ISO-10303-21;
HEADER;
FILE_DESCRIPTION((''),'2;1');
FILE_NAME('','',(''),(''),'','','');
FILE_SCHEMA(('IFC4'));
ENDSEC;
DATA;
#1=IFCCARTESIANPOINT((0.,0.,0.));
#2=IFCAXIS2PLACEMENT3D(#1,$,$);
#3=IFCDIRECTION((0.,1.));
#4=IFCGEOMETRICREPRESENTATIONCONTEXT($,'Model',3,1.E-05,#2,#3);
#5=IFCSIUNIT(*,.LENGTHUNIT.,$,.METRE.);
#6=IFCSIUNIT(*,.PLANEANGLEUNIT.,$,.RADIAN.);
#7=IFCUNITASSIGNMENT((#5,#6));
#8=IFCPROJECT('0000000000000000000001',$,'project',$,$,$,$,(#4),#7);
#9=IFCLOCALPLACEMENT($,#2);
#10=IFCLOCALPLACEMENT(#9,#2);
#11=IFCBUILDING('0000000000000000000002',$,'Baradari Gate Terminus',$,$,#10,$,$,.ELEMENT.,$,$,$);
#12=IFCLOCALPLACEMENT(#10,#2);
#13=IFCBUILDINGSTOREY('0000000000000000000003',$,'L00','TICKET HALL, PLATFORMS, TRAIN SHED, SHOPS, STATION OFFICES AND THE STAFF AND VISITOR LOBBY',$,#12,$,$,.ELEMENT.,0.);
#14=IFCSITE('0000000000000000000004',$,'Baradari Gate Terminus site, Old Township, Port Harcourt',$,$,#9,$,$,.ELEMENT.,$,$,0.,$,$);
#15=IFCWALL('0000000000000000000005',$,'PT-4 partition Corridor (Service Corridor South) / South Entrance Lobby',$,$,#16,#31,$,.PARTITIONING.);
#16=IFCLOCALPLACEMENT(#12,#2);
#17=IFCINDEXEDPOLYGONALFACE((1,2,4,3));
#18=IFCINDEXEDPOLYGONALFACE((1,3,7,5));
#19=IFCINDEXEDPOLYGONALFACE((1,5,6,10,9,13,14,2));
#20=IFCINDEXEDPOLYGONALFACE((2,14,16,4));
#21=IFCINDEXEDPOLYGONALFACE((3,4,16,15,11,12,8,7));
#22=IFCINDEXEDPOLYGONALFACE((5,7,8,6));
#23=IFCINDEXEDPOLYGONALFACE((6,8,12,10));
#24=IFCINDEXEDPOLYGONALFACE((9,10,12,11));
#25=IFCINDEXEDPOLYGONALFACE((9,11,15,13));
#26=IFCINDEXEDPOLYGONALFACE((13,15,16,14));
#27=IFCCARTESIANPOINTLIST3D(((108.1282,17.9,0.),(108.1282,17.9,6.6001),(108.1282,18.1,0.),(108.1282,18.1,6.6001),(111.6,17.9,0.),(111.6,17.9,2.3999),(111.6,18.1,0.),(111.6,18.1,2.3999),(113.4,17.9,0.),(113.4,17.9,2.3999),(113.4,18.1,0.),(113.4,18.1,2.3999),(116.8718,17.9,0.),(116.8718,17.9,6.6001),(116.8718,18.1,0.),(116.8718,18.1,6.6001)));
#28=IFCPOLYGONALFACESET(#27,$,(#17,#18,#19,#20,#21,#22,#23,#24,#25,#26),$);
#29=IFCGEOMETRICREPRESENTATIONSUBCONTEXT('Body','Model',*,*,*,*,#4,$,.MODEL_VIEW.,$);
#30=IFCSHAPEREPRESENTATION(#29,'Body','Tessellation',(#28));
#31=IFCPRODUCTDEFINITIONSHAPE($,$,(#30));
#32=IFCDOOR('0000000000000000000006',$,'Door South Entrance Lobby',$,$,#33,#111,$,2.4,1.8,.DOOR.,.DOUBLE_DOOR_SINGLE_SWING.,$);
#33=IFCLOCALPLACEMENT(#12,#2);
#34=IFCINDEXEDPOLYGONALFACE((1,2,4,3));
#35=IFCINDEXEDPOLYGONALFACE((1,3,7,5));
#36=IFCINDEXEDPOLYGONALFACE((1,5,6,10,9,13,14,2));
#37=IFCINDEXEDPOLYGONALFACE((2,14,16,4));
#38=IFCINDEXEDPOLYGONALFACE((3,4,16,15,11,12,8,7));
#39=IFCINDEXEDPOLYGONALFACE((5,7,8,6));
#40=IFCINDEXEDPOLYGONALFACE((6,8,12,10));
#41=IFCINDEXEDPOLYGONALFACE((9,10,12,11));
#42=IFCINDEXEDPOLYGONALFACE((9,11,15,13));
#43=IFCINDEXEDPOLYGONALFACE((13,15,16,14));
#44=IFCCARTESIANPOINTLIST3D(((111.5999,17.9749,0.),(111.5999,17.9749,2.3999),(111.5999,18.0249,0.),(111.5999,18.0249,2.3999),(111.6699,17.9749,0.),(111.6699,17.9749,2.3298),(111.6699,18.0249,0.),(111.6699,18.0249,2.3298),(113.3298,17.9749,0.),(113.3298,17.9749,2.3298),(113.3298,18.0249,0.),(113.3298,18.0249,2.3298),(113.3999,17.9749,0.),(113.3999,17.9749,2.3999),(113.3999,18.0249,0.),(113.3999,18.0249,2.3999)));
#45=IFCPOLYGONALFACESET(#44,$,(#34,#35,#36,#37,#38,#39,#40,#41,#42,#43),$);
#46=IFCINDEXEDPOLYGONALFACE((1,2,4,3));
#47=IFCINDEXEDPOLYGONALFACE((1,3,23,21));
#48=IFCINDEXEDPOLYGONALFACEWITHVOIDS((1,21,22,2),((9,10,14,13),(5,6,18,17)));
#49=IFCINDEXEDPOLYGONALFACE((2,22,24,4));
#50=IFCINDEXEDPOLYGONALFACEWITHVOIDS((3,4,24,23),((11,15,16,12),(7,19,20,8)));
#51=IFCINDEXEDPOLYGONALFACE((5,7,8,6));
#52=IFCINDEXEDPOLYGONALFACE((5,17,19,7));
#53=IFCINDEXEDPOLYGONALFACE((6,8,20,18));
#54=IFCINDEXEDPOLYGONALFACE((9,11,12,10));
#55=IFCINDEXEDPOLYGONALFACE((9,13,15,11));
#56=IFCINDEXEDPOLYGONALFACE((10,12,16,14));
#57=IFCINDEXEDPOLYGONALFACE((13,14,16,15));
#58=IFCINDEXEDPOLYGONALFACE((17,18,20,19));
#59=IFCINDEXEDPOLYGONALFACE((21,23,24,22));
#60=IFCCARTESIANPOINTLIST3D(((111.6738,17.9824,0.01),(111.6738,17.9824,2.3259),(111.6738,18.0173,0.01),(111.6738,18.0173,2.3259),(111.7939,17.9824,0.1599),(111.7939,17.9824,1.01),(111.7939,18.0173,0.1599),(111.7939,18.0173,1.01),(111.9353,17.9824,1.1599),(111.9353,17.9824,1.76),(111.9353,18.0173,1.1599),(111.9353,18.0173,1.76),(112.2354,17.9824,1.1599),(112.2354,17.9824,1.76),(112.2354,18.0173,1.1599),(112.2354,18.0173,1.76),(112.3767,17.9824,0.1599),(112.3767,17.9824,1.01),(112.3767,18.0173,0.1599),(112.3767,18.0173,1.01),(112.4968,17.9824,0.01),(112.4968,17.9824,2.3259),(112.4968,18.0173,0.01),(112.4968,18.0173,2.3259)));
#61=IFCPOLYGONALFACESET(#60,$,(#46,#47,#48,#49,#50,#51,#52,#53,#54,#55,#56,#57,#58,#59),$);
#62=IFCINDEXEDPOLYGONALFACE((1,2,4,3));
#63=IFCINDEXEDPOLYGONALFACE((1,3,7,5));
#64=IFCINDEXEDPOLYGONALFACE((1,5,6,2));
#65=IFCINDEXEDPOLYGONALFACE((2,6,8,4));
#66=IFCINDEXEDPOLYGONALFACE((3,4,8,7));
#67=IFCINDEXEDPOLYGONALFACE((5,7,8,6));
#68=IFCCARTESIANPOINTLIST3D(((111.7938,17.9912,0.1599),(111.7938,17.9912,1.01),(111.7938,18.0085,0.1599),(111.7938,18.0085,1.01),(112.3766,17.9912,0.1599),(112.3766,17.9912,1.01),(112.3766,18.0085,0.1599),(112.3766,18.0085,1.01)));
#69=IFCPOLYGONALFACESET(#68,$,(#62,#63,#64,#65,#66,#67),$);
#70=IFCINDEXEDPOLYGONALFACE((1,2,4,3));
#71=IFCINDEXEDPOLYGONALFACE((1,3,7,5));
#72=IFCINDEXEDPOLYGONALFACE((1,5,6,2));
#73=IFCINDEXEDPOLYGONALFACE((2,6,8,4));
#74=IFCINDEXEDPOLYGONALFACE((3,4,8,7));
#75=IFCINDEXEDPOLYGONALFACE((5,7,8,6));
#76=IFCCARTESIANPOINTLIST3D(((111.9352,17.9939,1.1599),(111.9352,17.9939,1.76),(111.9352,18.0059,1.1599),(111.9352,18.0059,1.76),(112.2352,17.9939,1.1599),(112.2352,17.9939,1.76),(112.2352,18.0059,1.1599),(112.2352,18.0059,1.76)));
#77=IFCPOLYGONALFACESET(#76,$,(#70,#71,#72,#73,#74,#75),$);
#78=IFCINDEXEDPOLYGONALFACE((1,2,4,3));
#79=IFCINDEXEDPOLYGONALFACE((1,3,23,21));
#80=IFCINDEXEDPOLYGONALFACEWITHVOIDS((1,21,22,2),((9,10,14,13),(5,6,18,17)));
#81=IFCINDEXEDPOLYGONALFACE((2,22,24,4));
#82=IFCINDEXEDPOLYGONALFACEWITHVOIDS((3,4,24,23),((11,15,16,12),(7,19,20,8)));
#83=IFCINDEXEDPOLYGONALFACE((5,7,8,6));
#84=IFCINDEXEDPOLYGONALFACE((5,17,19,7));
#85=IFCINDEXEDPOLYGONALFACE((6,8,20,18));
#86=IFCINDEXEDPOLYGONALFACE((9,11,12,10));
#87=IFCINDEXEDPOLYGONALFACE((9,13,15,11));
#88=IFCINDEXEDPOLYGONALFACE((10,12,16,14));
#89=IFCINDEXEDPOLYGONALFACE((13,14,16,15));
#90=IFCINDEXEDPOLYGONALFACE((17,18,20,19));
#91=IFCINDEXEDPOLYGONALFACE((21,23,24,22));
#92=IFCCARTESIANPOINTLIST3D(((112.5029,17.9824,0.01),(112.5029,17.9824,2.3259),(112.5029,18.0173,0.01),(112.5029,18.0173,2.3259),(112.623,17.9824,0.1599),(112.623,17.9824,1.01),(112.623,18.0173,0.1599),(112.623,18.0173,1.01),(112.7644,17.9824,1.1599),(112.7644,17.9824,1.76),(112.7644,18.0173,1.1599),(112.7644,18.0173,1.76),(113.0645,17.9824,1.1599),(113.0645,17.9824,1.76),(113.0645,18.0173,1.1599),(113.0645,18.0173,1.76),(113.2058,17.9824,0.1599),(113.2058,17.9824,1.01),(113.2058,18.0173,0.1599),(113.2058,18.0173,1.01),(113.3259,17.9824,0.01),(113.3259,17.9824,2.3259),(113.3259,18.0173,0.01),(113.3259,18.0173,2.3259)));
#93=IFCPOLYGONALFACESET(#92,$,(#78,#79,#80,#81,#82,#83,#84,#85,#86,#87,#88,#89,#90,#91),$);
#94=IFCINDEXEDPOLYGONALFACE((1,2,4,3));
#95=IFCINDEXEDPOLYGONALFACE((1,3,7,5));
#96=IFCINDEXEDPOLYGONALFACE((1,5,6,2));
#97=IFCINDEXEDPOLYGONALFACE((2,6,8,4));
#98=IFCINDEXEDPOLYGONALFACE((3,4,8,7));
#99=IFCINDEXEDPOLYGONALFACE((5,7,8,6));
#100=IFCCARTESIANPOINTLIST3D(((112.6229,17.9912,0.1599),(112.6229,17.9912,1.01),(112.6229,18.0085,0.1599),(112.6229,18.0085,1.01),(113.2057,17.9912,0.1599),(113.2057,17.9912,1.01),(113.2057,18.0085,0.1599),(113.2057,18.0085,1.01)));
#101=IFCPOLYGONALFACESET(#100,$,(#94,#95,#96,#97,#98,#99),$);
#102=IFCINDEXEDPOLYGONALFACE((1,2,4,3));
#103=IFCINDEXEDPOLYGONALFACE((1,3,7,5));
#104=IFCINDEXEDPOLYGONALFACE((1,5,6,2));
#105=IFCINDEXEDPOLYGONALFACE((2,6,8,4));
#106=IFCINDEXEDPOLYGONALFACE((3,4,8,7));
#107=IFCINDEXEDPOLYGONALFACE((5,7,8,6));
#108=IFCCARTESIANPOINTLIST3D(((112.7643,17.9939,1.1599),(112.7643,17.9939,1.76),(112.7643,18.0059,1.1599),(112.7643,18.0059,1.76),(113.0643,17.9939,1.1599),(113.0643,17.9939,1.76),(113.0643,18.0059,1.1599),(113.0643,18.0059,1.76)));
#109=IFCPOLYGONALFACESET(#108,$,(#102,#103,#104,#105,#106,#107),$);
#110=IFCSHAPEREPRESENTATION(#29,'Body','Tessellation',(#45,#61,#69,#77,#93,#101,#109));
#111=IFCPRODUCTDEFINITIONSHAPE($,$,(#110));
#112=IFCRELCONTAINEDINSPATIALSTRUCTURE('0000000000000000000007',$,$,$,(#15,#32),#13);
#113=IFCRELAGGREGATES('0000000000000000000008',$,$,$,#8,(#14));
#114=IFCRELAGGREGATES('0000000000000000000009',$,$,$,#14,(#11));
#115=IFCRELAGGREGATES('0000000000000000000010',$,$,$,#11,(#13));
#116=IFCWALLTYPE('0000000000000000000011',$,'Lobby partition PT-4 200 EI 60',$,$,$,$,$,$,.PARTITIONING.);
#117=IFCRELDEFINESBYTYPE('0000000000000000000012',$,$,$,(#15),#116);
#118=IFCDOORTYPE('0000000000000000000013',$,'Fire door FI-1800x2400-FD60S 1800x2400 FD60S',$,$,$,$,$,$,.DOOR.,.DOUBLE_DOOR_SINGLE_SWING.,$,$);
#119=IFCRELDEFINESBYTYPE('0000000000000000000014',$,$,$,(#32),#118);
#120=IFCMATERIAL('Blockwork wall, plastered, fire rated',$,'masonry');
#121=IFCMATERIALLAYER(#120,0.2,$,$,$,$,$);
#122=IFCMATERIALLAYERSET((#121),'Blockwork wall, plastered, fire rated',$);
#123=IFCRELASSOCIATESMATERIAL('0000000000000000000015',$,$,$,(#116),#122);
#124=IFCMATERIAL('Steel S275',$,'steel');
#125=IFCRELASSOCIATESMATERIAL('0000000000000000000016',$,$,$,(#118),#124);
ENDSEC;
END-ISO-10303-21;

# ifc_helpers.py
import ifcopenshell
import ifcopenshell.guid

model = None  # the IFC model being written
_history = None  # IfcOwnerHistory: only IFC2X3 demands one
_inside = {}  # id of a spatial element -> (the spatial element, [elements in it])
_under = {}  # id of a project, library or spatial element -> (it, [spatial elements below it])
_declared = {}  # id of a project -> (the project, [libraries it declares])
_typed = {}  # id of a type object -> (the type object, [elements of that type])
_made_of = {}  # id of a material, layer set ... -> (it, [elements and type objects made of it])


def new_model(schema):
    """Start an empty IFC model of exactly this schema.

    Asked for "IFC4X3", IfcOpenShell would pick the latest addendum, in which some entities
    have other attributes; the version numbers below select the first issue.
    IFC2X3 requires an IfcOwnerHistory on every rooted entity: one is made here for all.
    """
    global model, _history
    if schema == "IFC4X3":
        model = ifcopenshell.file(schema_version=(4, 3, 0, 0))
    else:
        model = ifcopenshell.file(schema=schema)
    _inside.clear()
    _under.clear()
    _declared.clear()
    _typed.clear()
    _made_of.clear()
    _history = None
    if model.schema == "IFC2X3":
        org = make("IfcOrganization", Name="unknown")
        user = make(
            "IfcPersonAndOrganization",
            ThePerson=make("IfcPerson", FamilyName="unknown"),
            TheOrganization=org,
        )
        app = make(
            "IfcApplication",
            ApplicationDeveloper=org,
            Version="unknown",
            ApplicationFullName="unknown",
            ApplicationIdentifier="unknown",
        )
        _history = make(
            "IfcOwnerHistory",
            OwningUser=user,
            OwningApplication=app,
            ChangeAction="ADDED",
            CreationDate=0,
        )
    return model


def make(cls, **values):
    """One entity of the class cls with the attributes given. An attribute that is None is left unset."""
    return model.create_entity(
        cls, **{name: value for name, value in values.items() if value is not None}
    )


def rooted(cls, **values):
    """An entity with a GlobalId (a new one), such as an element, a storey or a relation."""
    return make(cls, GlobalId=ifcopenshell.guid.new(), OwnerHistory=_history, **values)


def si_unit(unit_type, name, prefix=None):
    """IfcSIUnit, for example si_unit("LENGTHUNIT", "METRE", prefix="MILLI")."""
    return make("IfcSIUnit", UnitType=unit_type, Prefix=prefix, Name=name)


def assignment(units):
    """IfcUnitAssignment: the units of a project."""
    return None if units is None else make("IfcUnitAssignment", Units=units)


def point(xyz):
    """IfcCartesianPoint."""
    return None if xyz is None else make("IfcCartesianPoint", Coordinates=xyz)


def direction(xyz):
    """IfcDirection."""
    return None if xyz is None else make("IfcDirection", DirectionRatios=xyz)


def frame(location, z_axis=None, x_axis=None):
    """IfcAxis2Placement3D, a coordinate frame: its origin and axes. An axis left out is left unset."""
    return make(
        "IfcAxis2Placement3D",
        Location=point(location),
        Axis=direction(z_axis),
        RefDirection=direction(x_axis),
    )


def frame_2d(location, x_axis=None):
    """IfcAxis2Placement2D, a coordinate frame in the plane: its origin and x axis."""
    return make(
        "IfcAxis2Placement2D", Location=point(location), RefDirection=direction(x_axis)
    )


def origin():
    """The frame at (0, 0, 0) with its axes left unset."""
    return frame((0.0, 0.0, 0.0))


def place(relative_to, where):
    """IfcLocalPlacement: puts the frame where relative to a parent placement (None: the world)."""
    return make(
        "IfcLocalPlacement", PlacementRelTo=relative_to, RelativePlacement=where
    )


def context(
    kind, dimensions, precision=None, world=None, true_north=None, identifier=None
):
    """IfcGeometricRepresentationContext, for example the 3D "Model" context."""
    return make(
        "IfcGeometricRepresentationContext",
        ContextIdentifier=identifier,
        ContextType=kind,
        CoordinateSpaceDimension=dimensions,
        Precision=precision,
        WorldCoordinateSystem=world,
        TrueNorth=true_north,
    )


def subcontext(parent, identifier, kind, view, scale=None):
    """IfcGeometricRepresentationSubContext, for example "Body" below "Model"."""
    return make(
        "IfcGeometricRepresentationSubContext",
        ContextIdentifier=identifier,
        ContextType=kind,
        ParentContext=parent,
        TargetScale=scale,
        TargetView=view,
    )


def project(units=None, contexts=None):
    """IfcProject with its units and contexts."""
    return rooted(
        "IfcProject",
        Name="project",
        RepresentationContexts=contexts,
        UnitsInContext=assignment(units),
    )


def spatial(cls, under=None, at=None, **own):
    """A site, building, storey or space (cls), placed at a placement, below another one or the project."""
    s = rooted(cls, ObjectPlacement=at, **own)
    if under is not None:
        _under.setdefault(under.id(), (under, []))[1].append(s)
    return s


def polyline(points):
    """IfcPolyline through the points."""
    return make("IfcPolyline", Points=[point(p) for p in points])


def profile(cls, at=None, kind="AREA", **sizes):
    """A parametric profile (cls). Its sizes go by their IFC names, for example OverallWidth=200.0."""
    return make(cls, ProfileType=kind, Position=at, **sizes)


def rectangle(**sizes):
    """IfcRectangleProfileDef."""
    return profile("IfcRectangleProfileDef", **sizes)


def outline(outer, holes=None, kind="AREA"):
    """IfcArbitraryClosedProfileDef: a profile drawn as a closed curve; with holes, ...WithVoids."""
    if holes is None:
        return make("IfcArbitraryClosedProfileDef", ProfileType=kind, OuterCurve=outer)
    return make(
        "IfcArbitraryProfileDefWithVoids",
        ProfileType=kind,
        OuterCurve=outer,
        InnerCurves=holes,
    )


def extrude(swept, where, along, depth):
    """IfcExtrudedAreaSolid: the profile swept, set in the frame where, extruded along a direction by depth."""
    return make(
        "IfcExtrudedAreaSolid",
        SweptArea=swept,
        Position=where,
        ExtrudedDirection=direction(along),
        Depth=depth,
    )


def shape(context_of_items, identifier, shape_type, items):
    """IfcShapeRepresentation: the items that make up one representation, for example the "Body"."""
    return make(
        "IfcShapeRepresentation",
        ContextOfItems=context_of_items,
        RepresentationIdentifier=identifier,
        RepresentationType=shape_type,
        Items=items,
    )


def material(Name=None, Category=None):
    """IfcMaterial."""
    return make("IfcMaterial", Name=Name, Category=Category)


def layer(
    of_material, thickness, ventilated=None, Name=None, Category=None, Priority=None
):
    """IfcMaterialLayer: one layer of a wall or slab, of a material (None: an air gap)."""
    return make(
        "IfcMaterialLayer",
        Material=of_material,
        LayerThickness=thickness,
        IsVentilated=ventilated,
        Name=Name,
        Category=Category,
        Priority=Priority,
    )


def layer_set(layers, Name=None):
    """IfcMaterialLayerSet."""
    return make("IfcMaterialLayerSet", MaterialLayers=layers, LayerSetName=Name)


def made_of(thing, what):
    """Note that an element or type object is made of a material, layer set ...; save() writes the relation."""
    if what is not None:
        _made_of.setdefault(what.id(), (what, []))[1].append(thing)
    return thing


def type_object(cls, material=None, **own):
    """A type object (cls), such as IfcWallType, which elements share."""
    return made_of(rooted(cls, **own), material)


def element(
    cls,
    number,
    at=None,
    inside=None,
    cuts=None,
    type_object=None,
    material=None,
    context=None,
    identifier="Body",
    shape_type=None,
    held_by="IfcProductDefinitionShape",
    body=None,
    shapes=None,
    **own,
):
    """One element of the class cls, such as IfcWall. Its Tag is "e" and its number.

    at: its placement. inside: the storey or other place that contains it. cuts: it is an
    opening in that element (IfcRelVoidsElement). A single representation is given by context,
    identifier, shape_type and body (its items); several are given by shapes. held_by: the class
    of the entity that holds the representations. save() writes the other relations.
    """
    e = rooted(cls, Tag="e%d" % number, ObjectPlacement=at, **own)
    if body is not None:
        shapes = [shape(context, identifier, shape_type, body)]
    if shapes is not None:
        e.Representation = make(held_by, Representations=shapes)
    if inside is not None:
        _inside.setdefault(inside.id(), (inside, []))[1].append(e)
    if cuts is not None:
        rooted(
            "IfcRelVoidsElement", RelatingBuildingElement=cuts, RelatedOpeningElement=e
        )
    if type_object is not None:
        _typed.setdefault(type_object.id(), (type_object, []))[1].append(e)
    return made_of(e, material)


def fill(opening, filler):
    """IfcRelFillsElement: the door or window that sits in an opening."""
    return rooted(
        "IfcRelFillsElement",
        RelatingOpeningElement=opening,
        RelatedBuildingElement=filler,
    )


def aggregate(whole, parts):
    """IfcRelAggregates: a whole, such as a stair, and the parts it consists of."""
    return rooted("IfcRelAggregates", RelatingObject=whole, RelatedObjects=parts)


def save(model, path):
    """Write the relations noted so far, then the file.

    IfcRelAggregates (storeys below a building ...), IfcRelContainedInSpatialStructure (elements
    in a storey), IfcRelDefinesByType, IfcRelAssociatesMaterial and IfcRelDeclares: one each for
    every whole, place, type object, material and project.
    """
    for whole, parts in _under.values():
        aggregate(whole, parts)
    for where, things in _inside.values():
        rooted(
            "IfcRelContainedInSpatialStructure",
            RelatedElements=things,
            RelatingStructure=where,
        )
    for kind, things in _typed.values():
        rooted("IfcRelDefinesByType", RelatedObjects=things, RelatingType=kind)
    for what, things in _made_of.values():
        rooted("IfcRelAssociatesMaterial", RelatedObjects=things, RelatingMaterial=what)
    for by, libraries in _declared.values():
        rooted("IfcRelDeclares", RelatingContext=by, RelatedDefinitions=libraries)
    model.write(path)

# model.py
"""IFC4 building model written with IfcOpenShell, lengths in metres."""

from ifc_helpers import new_model, si_unit, direction, frame, frame_2d, origin, place, context, subcontext, project, spatial, polyline, rectangle, outline, extrude, material, layer, layer_set, type_object, element, fill, save


model = new_model("IFC4")

# Units and contexts
model_context = context("Model", 3, precision=1e-05, world=origin(), true_north=direction((0.0, 1.0)))
body_context = subcontext(model_context, "Body", "Model", "MODEL_VIEW")
ifc_project = project(units=[si_unit("LENGTHUNIT", "METRE"), si_unit("PLANEANGLEUNIT", "RADIAN")], contexts=[model_context])

# Site, building, storey
site_placement = place(None, origin())
site = spatial("IfcSite", under=ifc_project, at=site_placement, Name="Baradari Gate Terminus site, Old Township, Port Harcourt", CompositionType="ELEMENT", RefElevation=0.0)
building_placement = place(site_placement, origin())
building = spatial("IfcBuilding", under=site, at=building_placement, Name="Baradari Gate Terminus", CompositionType="ELEMENT")
storey_placement = place(building_placement, origin())
storey = spatial("IfcBuildingStorey", under=building, at=storey_placement, Name="L00", Description="TICKET HALL, PLATFORMS, TRAIN SHED, SHOPS, STATION OFFICES AND THE STAFF AND VISITOR LOBBY", CompositionType="ELEMENT", Elevation=0.0)

# Wall, opening, door
ifc_material_1 = material(Name="Blockwork wall, plastered, fire rated", Category="masonry")
ifc_layer_1 = layer(ifc_material_1, 0.2)
ifc_layer_set_1 = layer_set([ifc_layer_1], Name="Blockwork wall, plastered, fire rated")
wall_type_1 = type_object("IfcWallType", Name="Lobby partition PT-4 200 EI 60", PredefinedType="PARTITIONING", material=ifc_layer_set_1)
wall_1_placement = place(storey_placement, frame((116.8718, 18.0, 0.0), z_axis=(0.0, 0.0, 1.0), x_axis=(-1.0, 0.0, 0.0)))
wall_1 = element("IfcWall", 1, at=wall_1_placement, inside=storey, type_object=wall_type_1, Name="PT-4 partition Corridor (Service Corridor South) / South Entrance Lobby", PredefinedType="PARTITIONING", context=body_context, shape_type="SweptSolid", body=[
    extrude(rectangle(XDim=8.7437, YDim=0.2, at=frame_2d((4.3718, 0.0))), origin(), (0.0, 0.0, 1.0), 6.6001),
])
opening_1_placement = place(wall_1_placement, frame((3.4719, 0.0, 0.0)))
opening_1 = element("IfcOpeningElement", 2, at=opening_1_placement, cuts=wall_1, PredefinedType="OPENING", context=body_context, shape_type="SweptSolid", body=[
    extrude(rectangle(XDim=1.8, YDim=2.3999, at=frame_2d((0.8999, 1.2))), frame((0.0, 0.1099, 0.0), z_axis=(0.0, -1.0, 0.0), x_axis=(1.0, 0.0, 0.0)), (0.0, 0.0, 1.0), 0.22),
])
ifc_material_2 = material(Name="Steel S275", Category="steel")
door_type_1 = type_object("IfcDoorType", Name="Fire door FI-1800x2400-FD60S 1800x2400 FD60S", OperationType="DOUBLE_DOOR_SINGLE_SWING", PredefinedType="DOOR", material=ifc_material_2)
door_1_placement = place(opening_1_placement, frame((1.8, 0.0, 0.0), z_axis=(0.0, 0.0, 1.0), x_axis=(-1.0, 0.0, 0.0)))
door_1 = element("IfcDoor", 3, at=door_1_placement, inside=storey, type_object=door_type_1, Name="Door South Entrance Lobby", OperationType="DOUBLE_DOOR_SINGLE_SWING", OverallHeight=2.4, OverallWidth=1.8, PredefinedType="DOOR", context=body_context, shape_type="SweptSolid", body=[
    extrude(outline(polyline([(0.0, 0.0), (0.0701, 0.0), (0.0701, 2.3298), (1.73, 2.3298), (1.73, 0.0), (1.8, 0.0), (1.8, 2.3999), (0.0, 2.3999), (0.0, 0.0)])), frame((0.0, 0.0249, 0.0), z_axis=(0.0, -1.0, 0.0), x_axis=(1.0, 0.0, 0.0)), (0.0, 0.0, 1.0), 0.05),
    extrude(outline(polyline([(0.074, 0.01), (0.897, 0.01), (0.897, 2.3259), (0.074, 2.3259), (0.074, 0.01)]), holes=[polyline([(0.1941, 0.1599), (0.7769, 0.1599), (0.7769, 1.01), (0.1941, 1.01), (0.1941, 0.1599)]), polyline([(0.3354, 1.1599), (0.6355, 1.1599), (0.6355, 1.76), (0.3354, 1.76), (0.3354, 1.1599)])]), frame((0.0, 0.0173, 0.0), z_axis=(0.0, -1.0, 0.0), x_axis=(1.0, 0.0, 0.0)), (0.0, 0.0, 1.0), 0.0349),
    extrude(rectangle(XDim=0.5828, YDim=0.8501, at=frame_2d((0.4854, 0.585))), frame((0.0, 0.0085, 0.0), z_axis=(0.0, -1.0, 0.0), x_axis=(1.0, 0.0, 0.0)), (0.0, 0.0, 1.0), 0.0173),
    extrude(rectangle(XDim=0.3, YDim=0.6001, at=frame_2d((0.4854, 1.46))), frame((0.0, 0.0059, 0.0), z_axis=(0.0, -1.0, 0.0), x_axis=(1.0, 0.0, 0.0)), (0.0, 0.0, 1.0), 0.012),
    extrude(outline(polyline([(0.9031, 0.01), (1.7261, 0.01), (1.7261, 2.3259), (0.9031, 2.3259), (0.9031, 0.01)]), holes=[polyline([(1.0232, 0.1599), (1.606, 0.1599), (1.606, 1.01), (1.0232, 1.01), (1.0232, 0.1599)]), polyline([(1.1646, 1.1599), (1.4646, 1.1599), (1.4646, 1.76), (1.1646, 1.76), (1.1646, 1.1599)])]), frame((0.0, 0.0173, 0.0), z_axis=(0.0, -1.0, 0.0), x_axis=(1.0, 0.0, 0.0)), (0.0, 0.0, 1.0), 0.0349),
    extrude(rectangle(XDim=0.5828, YDim=0.8501, at=frame_2d((1.3145, 0.585))), frame((0.0, 0.0085, 0.0), z_axis=(0.0, -1.0, 0.0), x_axis=(1.0, 0.0, 0.0)), (0.0, 0.0, 1.0), 0.0173),
    extrude(rectangle(XDim=0.3, YDim=0.6001, at=frame_2d((1.3145, 1.46))), frame((0.0, 0.0059, 0.0), z_axis=(0.0, -1.0, 0.0), x_axis=(1.0, 0.0, 0.0)), (0.0, 0.0, 1.0), 0.012),
])
fill(opening_1, door_1)

save(model, "model.ifc")
